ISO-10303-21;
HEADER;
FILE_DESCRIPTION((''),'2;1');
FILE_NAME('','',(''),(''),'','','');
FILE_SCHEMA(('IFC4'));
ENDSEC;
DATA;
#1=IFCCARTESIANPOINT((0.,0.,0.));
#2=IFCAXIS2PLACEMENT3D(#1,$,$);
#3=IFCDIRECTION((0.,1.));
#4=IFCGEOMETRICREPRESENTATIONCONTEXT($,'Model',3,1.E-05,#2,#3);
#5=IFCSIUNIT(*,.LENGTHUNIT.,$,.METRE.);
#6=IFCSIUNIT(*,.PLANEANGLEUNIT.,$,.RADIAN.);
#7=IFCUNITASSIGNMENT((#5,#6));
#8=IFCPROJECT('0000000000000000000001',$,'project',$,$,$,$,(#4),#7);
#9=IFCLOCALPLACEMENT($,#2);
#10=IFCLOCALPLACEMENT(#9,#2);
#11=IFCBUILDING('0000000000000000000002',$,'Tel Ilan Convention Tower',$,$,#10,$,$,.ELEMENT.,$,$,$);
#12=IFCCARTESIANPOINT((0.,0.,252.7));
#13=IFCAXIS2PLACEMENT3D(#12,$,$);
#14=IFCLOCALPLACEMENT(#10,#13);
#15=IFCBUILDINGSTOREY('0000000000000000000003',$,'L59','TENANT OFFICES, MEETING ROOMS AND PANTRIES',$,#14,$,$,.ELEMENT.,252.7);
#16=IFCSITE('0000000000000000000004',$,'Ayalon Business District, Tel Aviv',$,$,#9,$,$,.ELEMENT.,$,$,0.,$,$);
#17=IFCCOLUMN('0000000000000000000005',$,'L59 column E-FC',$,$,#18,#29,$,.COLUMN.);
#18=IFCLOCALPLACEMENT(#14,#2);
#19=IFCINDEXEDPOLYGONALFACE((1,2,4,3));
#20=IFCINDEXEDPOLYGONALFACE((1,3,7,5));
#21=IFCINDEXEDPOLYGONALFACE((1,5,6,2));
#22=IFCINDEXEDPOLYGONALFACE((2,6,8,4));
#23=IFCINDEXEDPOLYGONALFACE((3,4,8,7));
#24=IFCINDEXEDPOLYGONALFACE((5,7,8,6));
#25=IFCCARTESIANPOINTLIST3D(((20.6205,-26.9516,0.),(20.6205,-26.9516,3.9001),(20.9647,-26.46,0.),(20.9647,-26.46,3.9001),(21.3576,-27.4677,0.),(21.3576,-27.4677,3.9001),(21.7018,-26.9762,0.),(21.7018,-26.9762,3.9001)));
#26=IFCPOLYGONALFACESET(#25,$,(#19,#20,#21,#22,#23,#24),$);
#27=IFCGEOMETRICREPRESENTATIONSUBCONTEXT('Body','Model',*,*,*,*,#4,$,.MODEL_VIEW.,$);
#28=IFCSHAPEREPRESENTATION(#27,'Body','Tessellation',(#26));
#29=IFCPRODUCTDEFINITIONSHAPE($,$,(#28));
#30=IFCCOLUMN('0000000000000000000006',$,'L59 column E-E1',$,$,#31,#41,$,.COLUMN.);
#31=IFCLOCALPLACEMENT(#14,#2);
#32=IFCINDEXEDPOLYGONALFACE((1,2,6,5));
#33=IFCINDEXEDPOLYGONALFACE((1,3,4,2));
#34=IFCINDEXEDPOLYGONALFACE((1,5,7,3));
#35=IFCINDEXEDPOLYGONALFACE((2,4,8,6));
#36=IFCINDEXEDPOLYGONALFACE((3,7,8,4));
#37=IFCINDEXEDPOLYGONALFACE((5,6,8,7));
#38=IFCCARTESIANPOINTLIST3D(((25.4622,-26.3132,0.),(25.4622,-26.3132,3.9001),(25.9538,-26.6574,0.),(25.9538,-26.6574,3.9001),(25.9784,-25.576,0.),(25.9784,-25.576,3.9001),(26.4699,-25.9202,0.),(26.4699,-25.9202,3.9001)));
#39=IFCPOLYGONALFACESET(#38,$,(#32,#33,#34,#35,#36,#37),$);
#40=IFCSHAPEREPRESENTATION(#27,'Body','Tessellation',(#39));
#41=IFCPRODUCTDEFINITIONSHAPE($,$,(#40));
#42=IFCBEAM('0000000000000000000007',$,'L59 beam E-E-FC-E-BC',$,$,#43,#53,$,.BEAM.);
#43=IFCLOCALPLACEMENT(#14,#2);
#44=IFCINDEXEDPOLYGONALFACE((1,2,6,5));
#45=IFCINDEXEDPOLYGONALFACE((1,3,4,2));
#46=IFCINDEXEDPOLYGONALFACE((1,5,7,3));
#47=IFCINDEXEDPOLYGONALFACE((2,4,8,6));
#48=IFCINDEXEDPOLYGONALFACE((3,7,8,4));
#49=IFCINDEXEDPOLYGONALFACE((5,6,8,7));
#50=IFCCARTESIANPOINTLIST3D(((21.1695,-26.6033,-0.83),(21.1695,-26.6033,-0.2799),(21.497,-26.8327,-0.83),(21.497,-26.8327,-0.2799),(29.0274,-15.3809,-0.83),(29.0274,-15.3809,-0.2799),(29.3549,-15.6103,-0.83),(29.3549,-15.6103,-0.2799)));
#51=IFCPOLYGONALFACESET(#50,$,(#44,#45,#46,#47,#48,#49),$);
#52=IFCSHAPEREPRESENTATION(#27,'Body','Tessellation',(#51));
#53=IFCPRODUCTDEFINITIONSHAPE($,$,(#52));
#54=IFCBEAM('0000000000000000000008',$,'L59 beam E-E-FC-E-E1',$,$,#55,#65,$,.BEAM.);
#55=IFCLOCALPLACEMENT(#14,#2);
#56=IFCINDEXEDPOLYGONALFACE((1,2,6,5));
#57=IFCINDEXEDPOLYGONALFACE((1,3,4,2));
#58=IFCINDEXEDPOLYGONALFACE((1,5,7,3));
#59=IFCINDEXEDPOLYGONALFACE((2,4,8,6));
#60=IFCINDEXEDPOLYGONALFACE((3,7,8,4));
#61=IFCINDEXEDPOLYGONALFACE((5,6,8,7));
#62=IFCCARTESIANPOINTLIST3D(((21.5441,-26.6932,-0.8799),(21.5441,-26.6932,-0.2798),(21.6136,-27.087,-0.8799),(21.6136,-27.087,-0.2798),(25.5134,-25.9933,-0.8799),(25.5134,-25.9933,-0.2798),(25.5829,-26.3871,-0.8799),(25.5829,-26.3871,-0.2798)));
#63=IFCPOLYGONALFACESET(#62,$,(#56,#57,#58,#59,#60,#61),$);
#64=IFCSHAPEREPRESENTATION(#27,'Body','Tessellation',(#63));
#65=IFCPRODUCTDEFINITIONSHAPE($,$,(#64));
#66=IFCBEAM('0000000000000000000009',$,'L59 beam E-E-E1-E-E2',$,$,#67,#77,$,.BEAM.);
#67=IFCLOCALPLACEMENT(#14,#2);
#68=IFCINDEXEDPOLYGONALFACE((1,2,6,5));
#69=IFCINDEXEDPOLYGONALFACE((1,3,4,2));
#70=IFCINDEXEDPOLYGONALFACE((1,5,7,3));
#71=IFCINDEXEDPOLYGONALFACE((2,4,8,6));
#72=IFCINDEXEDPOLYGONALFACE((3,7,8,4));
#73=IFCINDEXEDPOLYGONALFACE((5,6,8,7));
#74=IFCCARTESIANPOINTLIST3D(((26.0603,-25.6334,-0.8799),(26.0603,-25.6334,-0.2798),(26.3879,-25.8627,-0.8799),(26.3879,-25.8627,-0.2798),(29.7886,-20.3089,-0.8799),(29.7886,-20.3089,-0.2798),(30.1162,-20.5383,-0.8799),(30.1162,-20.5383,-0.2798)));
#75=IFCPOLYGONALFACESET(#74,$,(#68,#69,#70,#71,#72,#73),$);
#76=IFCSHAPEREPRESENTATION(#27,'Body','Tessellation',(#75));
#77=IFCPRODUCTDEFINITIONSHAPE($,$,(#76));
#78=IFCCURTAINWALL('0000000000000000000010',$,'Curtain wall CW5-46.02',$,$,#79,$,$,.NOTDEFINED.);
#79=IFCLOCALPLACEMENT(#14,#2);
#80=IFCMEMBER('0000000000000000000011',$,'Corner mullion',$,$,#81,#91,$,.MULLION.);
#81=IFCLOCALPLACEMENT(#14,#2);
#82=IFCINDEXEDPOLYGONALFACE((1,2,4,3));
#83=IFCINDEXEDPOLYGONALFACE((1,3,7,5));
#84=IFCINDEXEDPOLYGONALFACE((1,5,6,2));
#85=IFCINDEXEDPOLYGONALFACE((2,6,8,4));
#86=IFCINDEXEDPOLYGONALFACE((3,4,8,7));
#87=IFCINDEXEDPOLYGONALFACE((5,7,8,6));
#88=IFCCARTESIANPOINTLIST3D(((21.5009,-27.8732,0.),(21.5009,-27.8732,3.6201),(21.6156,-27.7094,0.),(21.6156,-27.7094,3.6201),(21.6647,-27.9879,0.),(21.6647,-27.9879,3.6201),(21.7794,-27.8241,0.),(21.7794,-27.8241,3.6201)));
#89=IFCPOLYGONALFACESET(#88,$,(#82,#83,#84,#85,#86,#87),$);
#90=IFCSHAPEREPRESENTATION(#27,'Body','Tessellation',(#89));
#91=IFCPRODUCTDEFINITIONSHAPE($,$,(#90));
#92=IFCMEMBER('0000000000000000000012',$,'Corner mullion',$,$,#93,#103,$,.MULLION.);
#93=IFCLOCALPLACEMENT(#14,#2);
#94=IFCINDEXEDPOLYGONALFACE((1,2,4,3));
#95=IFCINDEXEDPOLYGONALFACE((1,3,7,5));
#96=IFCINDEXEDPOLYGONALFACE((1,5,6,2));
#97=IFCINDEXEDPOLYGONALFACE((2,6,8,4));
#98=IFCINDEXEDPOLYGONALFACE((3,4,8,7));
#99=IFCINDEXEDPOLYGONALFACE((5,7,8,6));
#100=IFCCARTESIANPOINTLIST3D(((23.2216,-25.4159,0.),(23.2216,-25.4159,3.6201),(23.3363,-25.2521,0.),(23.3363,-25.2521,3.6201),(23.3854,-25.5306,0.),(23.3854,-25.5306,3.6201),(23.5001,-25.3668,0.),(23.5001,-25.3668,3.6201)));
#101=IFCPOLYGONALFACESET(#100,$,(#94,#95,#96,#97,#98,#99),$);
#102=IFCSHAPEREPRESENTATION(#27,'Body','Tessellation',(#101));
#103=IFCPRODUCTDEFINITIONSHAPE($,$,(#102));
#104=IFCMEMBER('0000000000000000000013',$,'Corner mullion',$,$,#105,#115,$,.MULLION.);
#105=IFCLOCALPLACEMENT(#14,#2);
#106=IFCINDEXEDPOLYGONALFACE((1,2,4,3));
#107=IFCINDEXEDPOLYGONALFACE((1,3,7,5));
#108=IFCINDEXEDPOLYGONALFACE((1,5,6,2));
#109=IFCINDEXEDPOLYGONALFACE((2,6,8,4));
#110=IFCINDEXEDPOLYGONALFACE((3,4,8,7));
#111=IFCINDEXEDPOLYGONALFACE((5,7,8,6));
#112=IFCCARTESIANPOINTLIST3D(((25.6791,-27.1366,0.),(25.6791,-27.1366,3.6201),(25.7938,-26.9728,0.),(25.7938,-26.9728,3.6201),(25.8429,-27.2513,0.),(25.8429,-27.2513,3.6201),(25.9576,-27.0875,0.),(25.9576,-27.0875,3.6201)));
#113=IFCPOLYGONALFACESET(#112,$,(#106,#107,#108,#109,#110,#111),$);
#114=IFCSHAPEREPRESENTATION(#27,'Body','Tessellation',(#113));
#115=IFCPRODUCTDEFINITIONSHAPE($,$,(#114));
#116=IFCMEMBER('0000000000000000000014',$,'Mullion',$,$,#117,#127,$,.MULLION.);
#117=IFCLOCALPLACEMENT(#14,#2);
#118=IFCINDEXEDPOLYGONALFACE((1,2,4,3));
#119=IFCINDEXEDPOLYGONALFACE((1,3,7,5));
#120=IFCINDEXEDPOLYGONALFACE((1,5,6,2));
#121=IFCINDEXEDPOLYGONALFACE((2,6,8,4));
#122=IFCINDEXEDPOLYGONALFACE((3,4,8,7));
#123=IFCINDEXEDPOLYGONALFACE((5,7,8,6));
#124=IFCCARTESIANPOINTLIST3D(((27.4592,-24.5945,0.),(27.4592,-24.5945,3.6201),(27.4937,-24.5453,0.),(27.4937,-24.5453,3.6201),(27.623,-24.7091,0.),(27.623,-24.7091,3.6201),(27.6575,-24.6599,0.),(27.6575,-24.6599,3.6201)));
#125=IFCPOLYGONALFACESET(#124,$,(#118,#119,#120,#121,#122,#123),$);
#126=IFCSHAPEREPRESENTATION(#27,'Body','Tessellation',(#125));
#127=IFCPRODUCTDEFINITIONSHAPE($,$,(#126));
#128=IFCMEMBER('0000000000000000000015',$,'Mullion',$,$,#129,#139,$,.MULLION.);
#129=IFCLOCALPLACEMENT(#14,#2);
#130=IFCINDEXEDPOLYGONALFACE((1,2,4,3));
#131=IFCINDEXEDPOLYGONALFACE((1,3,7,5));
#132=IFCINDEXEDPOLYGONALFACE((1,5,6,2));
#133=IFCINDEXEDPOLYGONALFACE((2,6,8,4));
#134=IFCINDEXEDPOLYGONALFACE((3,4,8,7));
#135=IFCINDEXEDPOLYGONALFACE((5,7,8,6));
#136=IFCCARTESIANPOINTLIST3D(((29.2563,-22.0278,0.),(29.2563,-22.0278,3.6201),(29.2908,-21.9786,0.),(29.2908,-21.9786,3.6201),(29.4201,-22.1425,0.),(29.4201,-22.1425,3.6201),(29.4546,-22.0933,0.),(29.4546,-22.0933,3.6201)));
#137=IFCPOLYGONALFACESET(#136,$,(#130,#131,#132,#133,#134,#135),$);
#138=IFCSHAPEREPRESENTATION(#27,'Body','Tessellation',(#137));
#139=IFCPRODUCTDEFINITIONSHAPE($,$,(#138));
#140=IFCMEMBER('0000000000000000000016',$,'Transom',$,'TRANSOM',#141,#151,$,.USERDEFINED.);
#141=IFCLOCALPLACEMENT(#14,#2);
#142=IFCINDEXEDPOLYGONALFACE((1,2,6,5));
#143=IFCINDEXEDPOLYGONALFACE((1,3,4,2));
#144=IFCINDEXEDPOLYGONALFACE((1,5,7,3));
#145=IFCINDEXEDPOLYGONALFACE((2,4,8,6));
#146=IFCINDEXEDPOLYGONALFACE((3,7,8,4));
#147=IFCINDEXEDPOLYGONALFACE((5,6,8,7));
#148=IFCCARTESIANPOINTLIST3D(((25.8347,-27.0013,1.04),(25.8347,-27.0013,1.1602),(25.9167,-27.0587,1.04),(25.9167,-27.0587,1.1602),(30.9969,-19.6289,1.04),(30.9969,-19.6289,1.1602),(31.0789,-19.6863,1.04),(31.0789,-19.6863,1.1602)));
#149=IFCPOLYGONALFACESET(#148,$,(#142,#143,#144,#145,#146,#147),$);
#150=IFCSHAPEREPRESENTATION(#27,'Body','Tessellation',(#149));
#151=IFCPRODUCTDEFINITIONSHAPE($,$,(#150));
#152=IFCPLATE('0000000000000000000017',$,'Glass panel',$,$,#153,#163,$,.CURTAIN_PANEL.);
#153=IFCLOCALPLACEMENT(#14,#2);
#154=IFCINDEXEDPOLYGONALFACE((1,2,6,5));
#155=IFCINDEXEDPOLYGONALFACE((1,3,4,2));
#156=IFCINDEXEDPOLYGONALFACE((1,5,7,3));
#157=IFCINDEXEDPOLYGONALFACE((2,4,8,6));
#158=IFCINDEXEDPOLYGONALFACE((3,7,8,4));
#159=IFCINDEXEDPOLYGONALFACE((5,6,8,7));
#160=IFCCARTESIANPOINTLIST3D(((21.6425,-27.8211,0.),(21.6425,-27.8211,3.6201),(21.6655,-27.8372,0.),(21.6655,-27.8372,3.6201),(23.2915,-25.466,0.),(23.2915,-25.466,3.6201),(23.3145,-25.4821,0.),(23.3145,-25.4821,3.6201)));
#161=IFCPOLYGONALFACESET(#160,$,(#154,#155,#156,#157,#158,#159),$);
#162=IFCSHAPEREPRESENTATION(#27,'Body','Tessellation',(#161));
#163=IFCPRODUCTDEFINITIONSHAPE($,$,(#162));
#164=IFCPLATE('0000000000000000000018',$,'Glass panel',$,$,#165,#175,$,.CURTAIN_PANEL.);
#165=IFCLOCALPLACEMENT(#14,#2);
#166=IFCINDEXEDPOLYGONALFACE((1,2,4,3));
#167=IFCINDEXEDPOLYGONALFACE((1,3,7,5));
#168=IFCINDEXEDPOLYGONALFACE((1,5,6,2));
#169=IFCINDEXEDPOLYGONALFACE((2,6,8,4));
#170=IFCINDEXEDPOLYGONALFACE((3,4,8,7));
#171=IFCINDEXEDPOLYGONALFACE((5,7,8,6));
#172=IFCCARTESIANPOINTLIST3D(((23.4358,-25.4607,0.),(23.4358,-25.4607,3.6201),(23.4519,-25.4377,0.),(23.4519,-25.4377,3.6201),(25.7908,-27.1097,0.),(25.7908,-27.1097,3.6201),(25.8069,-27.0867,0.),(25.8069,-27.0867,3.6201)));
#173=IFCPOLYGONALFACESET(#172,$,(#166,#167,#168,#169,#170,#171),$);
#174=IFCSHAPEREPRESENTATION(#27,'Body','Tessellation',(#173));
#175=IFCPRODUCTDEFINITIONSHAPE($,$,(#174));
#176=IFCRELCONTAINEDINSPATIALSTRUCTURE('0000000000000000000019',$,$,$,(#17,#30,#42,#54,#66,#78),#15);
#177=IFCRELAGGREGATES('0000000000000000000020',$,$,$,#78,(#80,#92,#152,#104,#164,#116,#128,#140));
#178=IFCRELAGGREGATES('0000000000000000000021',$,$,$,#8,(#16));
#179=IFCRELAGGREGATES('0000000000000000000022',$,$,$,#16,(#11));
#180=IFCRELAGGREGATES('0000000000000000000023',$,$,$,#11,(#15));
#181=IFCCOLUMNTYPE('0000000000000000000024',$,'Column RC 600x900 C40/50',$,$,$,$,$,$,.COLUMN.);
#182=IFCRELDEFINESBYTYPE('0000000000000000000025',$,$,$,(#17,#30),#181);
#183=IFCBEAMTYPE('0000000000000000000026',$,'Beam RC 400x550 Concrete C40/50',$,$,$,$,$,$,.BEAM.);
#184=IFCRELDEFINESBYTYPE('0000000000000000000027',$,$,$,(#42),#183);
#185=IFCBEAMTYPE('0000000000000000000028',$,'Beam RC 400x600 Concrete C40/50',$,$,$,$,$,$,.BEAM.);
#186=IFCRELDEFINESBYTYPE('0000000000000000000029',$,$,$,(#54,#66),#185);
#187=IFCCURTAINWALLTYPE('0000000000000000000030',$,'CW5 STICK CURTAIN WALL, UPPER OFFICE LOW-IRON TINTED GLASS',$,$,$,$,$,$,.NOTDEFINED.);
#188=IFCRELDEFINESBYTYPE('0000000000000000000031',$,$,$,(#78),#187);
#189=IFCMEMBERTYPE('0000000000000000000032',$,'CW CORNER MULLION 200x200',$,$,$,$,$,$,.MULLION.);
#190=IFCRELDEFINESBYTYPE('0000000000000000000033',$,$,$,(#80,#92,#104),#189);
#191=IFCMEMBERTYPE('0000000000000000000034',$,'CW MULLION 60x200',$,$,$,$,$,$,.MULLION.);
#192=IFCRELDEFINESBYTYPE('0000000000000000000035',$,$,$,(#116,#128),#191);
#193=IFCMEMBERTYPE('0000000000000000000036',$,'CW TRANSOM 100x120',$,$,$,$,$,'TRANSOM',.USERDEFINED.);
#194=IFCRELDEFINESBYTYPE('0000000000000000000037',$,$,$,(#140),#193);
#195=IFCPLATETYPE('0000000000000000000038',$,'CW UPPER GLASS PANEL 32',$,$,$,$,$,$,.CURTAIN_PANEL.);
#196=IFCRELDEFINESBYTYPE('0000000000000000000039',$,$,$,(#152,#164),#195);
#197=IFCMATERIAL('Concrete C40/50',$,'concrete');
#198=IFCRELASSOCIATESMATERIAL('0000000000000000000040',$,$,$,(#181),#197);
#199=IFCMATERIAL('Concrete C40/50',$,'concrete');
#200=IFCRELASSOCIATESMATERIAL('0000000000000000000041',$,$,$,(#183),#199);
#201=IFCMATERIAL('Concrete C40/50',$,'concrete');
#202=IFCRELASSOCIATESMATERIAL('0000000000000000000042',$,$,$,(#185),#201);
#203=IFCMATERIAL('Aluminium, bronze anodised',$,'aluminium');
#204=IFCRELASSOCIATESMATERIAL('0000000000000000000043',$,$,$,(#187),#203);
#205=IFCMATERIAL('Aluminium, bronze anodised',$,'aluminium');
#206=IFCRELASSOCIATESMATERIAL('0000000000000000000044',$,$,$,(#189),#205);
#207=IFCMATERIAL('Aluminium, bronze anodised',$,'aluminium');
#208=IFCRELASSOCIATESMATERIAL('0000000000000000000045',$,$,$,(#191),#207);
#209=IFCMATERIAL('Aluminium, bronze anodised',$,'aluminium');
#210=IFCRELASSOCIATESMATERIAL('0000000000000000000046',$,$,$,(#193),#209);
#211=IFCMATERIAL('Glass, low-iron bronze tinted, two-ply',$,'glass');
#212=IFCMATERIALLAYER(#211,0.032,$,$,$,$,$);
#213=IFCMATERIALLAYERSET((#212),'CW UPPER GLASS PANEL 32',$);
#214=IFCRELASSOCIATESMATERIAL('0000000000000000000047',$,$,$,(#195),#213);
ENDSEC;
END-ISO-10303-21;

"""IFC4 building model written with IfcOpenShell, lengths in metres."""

from ifc_helpers import new_model, si_unit, direction, frame, origin, origin_2d, place, context, subcontext, project, spatial, rectangle, extrude, material, layer, layer_set, material_profile, profile_set, type_object, element, aggregate, save


model = new_model("IFC4")

# Units and contexts
model_context = context("Model", 3, precision=1e-05, world=origin(), true_north=direction((0.0, 1.0)))
body_context = subcontext(model_context, "Body", "Model", "MODEL_VIEW")
ifc_project = project(units=[si_unit("LENGTHUNIT", "METRE"), si_unit("PLANEANGLEUNIT", "RADIAN")], contexts=[model_context])

# Site, building, storey
site_placement = place(None, origin())
site = spatial("IfcSite", under=ifc_project, at=site_placement, Name="Ayalon Business District, Tel Aviv", CompositionType="ELEMENT", RefElevation=0.0)
building_placement = place(site_placement, origin())
building = spatial("IfcBuilding", under=site, at=building_placement, Name="Tel Ilan Convention Tower", CompositionType="ELEMENT")
storey_placement = place(building_placement, frame((0.0, 0.0, 252.7)))
storey = spatial("IfcBuildingStorey", under=building, at=storey_placement, Name="L59", Description="TENANT OFFICES, MEETING ROOMS AND PANTRIES", CompositionType="ELEMENT", Elevation=252.7)

# Columns
ifc_material_1 = material(Name="Concrete C40/50", Category="concrete")
ifc_material_profile_1 = material_profile(ifc_material_1, rectangle(XDim=0.8999, YDim=0.6001, at=origin_2d()), Name="RC 600x900")
ifc_profile_set_1 = profile_set([ifc_material_profile_1], Name="Concrete C40/50")
column_type = type_object("IfcColumnType", Name="Column RC 600x900 C40/50", PredefinedType="COLUMN", material=ifc_profile_set_1)
for number, where, z_axis, x_axis, name in (
    (1, (21.1611, -26.9639, 0.0), (0.0, 0.0, 1.0), (0.819152, -0.573576, 0.0), "L59 column E-FC"),
    (2, (25.9661, -26.1167, 0.0), (0.0, 0.0, 1.0), (0.573576, 0.819152, 0.0), "L59 column E-E1"),
):
    element("IfcColumn", number, at=place(storey_placement, frame(where, z_axis=z_axis, x_axis=x_axis)), inside=storey, type_object=column_type, Name=name, PredefinedType="COLUMN", context=body_context, shape_type="SweptSolid", body=[
        extrude(rectangle(XDim=0.8999, YDim=0.6001, at=origin_2d()), origin(), (0.0, 0.0, 1.0), 3.9001),
    ])

# Beams
ifc_material_2 = material(Name="Concrete C40/50", Category="concrete")
ifc_material_profile_2 = material_profile(ifc_material_2, rectangle(XDim=0.3999, YDim=0.55, at=origin_2d()), Name="RC 400x550")
ifc_profile_set_2 = profile_set([ifc_material_profile_2], Name="Concrete C40/50")
beam_type_1 = type_object("IfcBeamType", Name="Beam RC 400x550 Concrete C40/50", PredefinedType="BEAM", material=ifc_profile_set_2)
beam_1_placement = place(storey_placement, frame((21.3333, -26.718, -0.5549), z_axis=(0.573571, 0.819156, 0.0), x_axis=(-0.819156, 0.573571, 0.0)))
element("IfcBeam", 3, at=beam_1_placement, inside=storey, type_object=beam_type_1, Name="L59 beam E-E-FC-E-BC", PredefinedType="BEAM", context=body_context, shape_type="SweptSolid", body=[
    extrude(rectangle(XDim=0.3999, YDim=0.55, at=origin_2d()), origin(), (0.0, 0.0, 1.0), 13.7),
])
ifc_material_3 = material(Name="Concrete C40/50", Category="concrete")
ifc_material_profile_3 = material_profile(ifc_material_3, rectangle(XDim=0.3999, YDim=0.6001, at=origin_2d()), Name="RC 400x600")
ifc_profile_set_3 = profile_set([ifc_material_profile_3], Name="Concrete C40/50")
beam_type_2 = type_object("IfcBeamType", Name="Beam RC 400x600 Concrete C40/50", PredefinedType="BEAM", material=ifc_profile_set_3)
beam_2_placement = place(storey_placement, frame((21.5789, -26.8901, -0.5798), z_axis=(0.984805, 0.173664, 0.0), x_axis=(-0.173664, 0.984805, 0.0)))
element("IfcBeam", 4, at=beam_2_placement, inside=storey, type_object=beam_type_2, Name="L59 beam E-E-FC-E-E1", PredefinedType="BEAM", context=body_context, shape_type="SweptSolid", body=[
    extrude(rectangle(XDim=0.3999, YDim=0.6001, at=origin_2d()), origin(), (0.0, 0.0, 1.0), 4.0305),
])
beam_3_placement = place(storey_placement, frame((26.2241, -25.748, -0.5798), z_axis=(0.573581, 0.819149, 0.0), x_axis=(-0.819149, 0.573581, 0.0)))
element("IfcBeam", 5, at=beam_3_placement, inside=storey, type_object=beam_type_2, Name="L59 beam E-E-E1-E-E2", PredefinedType="BEAM", context=body_context, shape_type="SweptSolid", body=[
    extrude(rectangle(XDim=0.3999, YDim=0.6001, at=origin_2d()), origin(), (0.0, 0.0, 1.0), 6.5),
])

# Curtain wall, members, plates
ifc_material_4 = material(Name="Aluminium, bronze anodised", Category="aluminium")
curtain_wall_type = type_object("IfcCurtainWallType", Name="CW5 STICK CURTAIN WALL, UPPER OFFICE LOW-IRON TINTED GLASS", PredefinedType="NOTDEFINED", material=ifc_material_4)
curtain_wall_placement = place(storey_placement, origin())
curtain_wall = element("IfcCurtainWall", 6, at=curtain_wall_placement, inside=storey, type_object=curtain_wall_type, Name="Curtain wall CW5-46.02", PredefinedType="NOTDEFINED")
ifc_material_5 = material(Name="Aluminium, bronze anodised", Category="aluminium")
ifc_material_profile_4 = material_profile(ifc_material_5, rectangle(XDim=0.2, YDim=0.2, at=origin_2d()), Name="CW CORNER MULLION 200x200")
ifc_profile_set_4 = profile_set([ifc_material_profile_4], Name="Aluminium, bronze anodised")
member_type_1 = type_object("IfcMemberType", Name="CW CORNER MULLION 200x200", PredefinedType="MULLION", material=ifc_profile_set_4)
member_1_placement = place(storey_placement, frame((21.6401, -27.8486, 0.0), z_axis=(0.0, 0.0, 1.0), x_axis=(0.819152, -0.573576, 0.0)))
member_1 = element("IfcMember", 7, at=member_1_placement, type_object=member_type_1, Name="Corner mullion", PredefinedType="MULLION", context=body_context, shape_type="SweptSolid", body=[
    extrude(rectangle(XDim=0.2, YDim=0.2, at=origin_2d()), origin(), (0.0, 0.0, 1.0), 3.6201),
])
member_2_placement = place(storey_placement, frame((23.3608, -25.3914, 0.0), z_axis=(0.0, 0.0, 1.0), x_axis=(0.573576, 0.819152, 0.0)))
member_2 = element("IfcMember", 8, at=member_2_placement, type_object=member_type_1, Name="Corner mullion", PredefinedType="MULLION", context=body_context, shape_type="SweptSolid", body=[
    extrude(rectangle(XDim=0.2, YDim=0.2, at=origin_2d()), origin(), (0.0, 0.0, 1.0), 3.6201),
])
member_3_placement = place(storey_placement, frame((25.8184, -27.1121, 0.0), z_axis=(0.0, 0.0, 1.0), x_axis=(0.819152, -0.573576, 0.0)))
member_3 = element("IfcMember", 9, at=member_3_placement, type_object=member_type_1, Name="Corner mullion", PredefinedType="MULLION", context=body_context, shape_type="SweptSolid", body=[
    extrude(rectangle(XDim=0.2, YDim=0.2, at=origin_2d()), origin(), (0.0, 0.0, 1.0), 3.6201),
])
ifc_material_6 = material(Name="Aluminium, bronze anodised", Category="aluminium")
ifc_material_profile_5 = material_profile(ifc_material_6, rectangle(XDim=0.0601, YDim=0.2, at=origin_2d()), Name="CW MULLION 60x200")
ifc_profile_set_5 = profile_set([ifc_material_profile_5], Name="Aluminium, bronze anodised")
member_type_2 = type_object("IfcMemberType", Name="CW MULLION 60x200", PredefinedType="MULLION", material=ifc_profile_set_5)
member_4_placement = place(storey_placement, frame((27.5583, -24.6272, 0.0), z_axis=(0.0, 0.0, 1.0), x_axis=(0.573576, 0.819152, 0.0)))
member_4 = element("IfcMember", 10, at=member_4_placement, type_object=member_type_2, Name="Mullion", PredefinedType="MULLION", context=body_context, shape_type="SweptSolid", body=[
    extrude(rectangle(XDim=0.0601, YDim=0.2, at=origin_2d()), origin(), (0.0, 0.0, 1.0), 3.6201),
])
member_5_placement = place(storey_placement, frame((29.3555, -22.0605, 0.0), z_axis=(0.0, 0.0, 1.0), x_axis=(0.573576, 0.819152, 0.0)))
member_5 = element("IfcMember", 11, at=member_5_placement, type_object=member_type_2, Name="Mullion", PredefinedType="MULLION", context=body_context, shape_type="SweptSolid", body=[
    extrude(rectangle(XDim=0.0601, YDim=0.2, at=origin_2d()), origin(), (0.0, 0.0, 1.0), 3.6201),
])
ifc_material_7 = material(Name="Aluminium, bronze anodised", Category="aluminium")
ifc_material_profile_6 = material_profile(ifc_material_7, rectangle(XDim=0.1001, YDim=0.1201, at=origin_2d()), Name="CW TRANSOM 100x120")
ifc_profile_set_6 = profile_set([ifc_material_profile_6], Name="Aluminium, bronze anodised")
member_type_3 = type_object("IfcMemberType", Name="CW TRANSOM 100x120", ElementType="TRANSOM", PredefinedType="USERDEFINED", material=ifc_profile_set_6)
member_6_placement = place(storey_placement, frame((25.8757, -27.03, 1.1001), z_axis=(0.573573, 0.819154, 0.0), x_axis=(-0.819154, 0.573573, 0.0)))
member_6 = element("IfcMember", 12, at=member_6_placement, type_object=member_type_3, Name="Transom", ObjectType="TRANSOM", PredefinedType="USERDEFINED", context=body_context, shape_type="SweptSolid", body=[
    extrude(rectangle(XDim=0.1001, YDim=0.1201, at=origin_2d()), origin(), (0.0, 0.0, 1.0), 9.0),
])
ifc_material_8 = material(Name="Glass, low-iron bronze tinted, two-ply", Category="glass")
ifc_layer_1 = layer(ifc_material_8, 0.032)
ifc_layer_set_1 = layer_set([ifc_layer_1], Name="CW UPPER GLASS PANEL 32")
plate_type = type_object("IfcPlateType", Name="CW UPPER GLASS PANEL 32", PredefinedType="CURTAIN_PANEL", material=ifc_layer_set_1)
plate_1_placement = place(storey_placement, frame((22.4785, -26.6516, 0.0), z_axis=(0.0, 0.0, 1.0), x_axis=(0.573576, 0.819152, 0.0)))
plate_1 = element("IfcPlate", 13, at=plate_1_placement, type_object=plate_type, Name="Glass panel", PredefinedType="CURTAIN_PANEL", context=body_context, shape_type="SweptSolid", body=[
    extrude(rectangle(XDim=2.875, YDim=0.0281, at=origin_2d()), origin(), (0.0, 0.0, 1.0), 3.6201),
])
plate_2_placement = place(storey_placement, frame((24.6213, -26.2737, 0.0), z_axis=(0.0, 0.0, 1.0), x_axis=(0.819152, -0.573576, 0.0)))
plate_2 = element("IfcPlate", 14, at=plate_2_placement, type_object=plate_type, Name="Glass panel", PredefinedType="CURTAIN_PANEL", context=body_context, shape_type="SweptSolid", body=[
    extrude(rectangle(XDim=2.875, YDim=0.0281, at=origin_2d()), origin(), (0.0, 0.0, 1.0), 3.6201),
])
aggregate(curtain_wall, [member_1, member_2, plate_1, member_3, plate_2, member_4, member_5, member_6])

save(model, "model.ifc")
